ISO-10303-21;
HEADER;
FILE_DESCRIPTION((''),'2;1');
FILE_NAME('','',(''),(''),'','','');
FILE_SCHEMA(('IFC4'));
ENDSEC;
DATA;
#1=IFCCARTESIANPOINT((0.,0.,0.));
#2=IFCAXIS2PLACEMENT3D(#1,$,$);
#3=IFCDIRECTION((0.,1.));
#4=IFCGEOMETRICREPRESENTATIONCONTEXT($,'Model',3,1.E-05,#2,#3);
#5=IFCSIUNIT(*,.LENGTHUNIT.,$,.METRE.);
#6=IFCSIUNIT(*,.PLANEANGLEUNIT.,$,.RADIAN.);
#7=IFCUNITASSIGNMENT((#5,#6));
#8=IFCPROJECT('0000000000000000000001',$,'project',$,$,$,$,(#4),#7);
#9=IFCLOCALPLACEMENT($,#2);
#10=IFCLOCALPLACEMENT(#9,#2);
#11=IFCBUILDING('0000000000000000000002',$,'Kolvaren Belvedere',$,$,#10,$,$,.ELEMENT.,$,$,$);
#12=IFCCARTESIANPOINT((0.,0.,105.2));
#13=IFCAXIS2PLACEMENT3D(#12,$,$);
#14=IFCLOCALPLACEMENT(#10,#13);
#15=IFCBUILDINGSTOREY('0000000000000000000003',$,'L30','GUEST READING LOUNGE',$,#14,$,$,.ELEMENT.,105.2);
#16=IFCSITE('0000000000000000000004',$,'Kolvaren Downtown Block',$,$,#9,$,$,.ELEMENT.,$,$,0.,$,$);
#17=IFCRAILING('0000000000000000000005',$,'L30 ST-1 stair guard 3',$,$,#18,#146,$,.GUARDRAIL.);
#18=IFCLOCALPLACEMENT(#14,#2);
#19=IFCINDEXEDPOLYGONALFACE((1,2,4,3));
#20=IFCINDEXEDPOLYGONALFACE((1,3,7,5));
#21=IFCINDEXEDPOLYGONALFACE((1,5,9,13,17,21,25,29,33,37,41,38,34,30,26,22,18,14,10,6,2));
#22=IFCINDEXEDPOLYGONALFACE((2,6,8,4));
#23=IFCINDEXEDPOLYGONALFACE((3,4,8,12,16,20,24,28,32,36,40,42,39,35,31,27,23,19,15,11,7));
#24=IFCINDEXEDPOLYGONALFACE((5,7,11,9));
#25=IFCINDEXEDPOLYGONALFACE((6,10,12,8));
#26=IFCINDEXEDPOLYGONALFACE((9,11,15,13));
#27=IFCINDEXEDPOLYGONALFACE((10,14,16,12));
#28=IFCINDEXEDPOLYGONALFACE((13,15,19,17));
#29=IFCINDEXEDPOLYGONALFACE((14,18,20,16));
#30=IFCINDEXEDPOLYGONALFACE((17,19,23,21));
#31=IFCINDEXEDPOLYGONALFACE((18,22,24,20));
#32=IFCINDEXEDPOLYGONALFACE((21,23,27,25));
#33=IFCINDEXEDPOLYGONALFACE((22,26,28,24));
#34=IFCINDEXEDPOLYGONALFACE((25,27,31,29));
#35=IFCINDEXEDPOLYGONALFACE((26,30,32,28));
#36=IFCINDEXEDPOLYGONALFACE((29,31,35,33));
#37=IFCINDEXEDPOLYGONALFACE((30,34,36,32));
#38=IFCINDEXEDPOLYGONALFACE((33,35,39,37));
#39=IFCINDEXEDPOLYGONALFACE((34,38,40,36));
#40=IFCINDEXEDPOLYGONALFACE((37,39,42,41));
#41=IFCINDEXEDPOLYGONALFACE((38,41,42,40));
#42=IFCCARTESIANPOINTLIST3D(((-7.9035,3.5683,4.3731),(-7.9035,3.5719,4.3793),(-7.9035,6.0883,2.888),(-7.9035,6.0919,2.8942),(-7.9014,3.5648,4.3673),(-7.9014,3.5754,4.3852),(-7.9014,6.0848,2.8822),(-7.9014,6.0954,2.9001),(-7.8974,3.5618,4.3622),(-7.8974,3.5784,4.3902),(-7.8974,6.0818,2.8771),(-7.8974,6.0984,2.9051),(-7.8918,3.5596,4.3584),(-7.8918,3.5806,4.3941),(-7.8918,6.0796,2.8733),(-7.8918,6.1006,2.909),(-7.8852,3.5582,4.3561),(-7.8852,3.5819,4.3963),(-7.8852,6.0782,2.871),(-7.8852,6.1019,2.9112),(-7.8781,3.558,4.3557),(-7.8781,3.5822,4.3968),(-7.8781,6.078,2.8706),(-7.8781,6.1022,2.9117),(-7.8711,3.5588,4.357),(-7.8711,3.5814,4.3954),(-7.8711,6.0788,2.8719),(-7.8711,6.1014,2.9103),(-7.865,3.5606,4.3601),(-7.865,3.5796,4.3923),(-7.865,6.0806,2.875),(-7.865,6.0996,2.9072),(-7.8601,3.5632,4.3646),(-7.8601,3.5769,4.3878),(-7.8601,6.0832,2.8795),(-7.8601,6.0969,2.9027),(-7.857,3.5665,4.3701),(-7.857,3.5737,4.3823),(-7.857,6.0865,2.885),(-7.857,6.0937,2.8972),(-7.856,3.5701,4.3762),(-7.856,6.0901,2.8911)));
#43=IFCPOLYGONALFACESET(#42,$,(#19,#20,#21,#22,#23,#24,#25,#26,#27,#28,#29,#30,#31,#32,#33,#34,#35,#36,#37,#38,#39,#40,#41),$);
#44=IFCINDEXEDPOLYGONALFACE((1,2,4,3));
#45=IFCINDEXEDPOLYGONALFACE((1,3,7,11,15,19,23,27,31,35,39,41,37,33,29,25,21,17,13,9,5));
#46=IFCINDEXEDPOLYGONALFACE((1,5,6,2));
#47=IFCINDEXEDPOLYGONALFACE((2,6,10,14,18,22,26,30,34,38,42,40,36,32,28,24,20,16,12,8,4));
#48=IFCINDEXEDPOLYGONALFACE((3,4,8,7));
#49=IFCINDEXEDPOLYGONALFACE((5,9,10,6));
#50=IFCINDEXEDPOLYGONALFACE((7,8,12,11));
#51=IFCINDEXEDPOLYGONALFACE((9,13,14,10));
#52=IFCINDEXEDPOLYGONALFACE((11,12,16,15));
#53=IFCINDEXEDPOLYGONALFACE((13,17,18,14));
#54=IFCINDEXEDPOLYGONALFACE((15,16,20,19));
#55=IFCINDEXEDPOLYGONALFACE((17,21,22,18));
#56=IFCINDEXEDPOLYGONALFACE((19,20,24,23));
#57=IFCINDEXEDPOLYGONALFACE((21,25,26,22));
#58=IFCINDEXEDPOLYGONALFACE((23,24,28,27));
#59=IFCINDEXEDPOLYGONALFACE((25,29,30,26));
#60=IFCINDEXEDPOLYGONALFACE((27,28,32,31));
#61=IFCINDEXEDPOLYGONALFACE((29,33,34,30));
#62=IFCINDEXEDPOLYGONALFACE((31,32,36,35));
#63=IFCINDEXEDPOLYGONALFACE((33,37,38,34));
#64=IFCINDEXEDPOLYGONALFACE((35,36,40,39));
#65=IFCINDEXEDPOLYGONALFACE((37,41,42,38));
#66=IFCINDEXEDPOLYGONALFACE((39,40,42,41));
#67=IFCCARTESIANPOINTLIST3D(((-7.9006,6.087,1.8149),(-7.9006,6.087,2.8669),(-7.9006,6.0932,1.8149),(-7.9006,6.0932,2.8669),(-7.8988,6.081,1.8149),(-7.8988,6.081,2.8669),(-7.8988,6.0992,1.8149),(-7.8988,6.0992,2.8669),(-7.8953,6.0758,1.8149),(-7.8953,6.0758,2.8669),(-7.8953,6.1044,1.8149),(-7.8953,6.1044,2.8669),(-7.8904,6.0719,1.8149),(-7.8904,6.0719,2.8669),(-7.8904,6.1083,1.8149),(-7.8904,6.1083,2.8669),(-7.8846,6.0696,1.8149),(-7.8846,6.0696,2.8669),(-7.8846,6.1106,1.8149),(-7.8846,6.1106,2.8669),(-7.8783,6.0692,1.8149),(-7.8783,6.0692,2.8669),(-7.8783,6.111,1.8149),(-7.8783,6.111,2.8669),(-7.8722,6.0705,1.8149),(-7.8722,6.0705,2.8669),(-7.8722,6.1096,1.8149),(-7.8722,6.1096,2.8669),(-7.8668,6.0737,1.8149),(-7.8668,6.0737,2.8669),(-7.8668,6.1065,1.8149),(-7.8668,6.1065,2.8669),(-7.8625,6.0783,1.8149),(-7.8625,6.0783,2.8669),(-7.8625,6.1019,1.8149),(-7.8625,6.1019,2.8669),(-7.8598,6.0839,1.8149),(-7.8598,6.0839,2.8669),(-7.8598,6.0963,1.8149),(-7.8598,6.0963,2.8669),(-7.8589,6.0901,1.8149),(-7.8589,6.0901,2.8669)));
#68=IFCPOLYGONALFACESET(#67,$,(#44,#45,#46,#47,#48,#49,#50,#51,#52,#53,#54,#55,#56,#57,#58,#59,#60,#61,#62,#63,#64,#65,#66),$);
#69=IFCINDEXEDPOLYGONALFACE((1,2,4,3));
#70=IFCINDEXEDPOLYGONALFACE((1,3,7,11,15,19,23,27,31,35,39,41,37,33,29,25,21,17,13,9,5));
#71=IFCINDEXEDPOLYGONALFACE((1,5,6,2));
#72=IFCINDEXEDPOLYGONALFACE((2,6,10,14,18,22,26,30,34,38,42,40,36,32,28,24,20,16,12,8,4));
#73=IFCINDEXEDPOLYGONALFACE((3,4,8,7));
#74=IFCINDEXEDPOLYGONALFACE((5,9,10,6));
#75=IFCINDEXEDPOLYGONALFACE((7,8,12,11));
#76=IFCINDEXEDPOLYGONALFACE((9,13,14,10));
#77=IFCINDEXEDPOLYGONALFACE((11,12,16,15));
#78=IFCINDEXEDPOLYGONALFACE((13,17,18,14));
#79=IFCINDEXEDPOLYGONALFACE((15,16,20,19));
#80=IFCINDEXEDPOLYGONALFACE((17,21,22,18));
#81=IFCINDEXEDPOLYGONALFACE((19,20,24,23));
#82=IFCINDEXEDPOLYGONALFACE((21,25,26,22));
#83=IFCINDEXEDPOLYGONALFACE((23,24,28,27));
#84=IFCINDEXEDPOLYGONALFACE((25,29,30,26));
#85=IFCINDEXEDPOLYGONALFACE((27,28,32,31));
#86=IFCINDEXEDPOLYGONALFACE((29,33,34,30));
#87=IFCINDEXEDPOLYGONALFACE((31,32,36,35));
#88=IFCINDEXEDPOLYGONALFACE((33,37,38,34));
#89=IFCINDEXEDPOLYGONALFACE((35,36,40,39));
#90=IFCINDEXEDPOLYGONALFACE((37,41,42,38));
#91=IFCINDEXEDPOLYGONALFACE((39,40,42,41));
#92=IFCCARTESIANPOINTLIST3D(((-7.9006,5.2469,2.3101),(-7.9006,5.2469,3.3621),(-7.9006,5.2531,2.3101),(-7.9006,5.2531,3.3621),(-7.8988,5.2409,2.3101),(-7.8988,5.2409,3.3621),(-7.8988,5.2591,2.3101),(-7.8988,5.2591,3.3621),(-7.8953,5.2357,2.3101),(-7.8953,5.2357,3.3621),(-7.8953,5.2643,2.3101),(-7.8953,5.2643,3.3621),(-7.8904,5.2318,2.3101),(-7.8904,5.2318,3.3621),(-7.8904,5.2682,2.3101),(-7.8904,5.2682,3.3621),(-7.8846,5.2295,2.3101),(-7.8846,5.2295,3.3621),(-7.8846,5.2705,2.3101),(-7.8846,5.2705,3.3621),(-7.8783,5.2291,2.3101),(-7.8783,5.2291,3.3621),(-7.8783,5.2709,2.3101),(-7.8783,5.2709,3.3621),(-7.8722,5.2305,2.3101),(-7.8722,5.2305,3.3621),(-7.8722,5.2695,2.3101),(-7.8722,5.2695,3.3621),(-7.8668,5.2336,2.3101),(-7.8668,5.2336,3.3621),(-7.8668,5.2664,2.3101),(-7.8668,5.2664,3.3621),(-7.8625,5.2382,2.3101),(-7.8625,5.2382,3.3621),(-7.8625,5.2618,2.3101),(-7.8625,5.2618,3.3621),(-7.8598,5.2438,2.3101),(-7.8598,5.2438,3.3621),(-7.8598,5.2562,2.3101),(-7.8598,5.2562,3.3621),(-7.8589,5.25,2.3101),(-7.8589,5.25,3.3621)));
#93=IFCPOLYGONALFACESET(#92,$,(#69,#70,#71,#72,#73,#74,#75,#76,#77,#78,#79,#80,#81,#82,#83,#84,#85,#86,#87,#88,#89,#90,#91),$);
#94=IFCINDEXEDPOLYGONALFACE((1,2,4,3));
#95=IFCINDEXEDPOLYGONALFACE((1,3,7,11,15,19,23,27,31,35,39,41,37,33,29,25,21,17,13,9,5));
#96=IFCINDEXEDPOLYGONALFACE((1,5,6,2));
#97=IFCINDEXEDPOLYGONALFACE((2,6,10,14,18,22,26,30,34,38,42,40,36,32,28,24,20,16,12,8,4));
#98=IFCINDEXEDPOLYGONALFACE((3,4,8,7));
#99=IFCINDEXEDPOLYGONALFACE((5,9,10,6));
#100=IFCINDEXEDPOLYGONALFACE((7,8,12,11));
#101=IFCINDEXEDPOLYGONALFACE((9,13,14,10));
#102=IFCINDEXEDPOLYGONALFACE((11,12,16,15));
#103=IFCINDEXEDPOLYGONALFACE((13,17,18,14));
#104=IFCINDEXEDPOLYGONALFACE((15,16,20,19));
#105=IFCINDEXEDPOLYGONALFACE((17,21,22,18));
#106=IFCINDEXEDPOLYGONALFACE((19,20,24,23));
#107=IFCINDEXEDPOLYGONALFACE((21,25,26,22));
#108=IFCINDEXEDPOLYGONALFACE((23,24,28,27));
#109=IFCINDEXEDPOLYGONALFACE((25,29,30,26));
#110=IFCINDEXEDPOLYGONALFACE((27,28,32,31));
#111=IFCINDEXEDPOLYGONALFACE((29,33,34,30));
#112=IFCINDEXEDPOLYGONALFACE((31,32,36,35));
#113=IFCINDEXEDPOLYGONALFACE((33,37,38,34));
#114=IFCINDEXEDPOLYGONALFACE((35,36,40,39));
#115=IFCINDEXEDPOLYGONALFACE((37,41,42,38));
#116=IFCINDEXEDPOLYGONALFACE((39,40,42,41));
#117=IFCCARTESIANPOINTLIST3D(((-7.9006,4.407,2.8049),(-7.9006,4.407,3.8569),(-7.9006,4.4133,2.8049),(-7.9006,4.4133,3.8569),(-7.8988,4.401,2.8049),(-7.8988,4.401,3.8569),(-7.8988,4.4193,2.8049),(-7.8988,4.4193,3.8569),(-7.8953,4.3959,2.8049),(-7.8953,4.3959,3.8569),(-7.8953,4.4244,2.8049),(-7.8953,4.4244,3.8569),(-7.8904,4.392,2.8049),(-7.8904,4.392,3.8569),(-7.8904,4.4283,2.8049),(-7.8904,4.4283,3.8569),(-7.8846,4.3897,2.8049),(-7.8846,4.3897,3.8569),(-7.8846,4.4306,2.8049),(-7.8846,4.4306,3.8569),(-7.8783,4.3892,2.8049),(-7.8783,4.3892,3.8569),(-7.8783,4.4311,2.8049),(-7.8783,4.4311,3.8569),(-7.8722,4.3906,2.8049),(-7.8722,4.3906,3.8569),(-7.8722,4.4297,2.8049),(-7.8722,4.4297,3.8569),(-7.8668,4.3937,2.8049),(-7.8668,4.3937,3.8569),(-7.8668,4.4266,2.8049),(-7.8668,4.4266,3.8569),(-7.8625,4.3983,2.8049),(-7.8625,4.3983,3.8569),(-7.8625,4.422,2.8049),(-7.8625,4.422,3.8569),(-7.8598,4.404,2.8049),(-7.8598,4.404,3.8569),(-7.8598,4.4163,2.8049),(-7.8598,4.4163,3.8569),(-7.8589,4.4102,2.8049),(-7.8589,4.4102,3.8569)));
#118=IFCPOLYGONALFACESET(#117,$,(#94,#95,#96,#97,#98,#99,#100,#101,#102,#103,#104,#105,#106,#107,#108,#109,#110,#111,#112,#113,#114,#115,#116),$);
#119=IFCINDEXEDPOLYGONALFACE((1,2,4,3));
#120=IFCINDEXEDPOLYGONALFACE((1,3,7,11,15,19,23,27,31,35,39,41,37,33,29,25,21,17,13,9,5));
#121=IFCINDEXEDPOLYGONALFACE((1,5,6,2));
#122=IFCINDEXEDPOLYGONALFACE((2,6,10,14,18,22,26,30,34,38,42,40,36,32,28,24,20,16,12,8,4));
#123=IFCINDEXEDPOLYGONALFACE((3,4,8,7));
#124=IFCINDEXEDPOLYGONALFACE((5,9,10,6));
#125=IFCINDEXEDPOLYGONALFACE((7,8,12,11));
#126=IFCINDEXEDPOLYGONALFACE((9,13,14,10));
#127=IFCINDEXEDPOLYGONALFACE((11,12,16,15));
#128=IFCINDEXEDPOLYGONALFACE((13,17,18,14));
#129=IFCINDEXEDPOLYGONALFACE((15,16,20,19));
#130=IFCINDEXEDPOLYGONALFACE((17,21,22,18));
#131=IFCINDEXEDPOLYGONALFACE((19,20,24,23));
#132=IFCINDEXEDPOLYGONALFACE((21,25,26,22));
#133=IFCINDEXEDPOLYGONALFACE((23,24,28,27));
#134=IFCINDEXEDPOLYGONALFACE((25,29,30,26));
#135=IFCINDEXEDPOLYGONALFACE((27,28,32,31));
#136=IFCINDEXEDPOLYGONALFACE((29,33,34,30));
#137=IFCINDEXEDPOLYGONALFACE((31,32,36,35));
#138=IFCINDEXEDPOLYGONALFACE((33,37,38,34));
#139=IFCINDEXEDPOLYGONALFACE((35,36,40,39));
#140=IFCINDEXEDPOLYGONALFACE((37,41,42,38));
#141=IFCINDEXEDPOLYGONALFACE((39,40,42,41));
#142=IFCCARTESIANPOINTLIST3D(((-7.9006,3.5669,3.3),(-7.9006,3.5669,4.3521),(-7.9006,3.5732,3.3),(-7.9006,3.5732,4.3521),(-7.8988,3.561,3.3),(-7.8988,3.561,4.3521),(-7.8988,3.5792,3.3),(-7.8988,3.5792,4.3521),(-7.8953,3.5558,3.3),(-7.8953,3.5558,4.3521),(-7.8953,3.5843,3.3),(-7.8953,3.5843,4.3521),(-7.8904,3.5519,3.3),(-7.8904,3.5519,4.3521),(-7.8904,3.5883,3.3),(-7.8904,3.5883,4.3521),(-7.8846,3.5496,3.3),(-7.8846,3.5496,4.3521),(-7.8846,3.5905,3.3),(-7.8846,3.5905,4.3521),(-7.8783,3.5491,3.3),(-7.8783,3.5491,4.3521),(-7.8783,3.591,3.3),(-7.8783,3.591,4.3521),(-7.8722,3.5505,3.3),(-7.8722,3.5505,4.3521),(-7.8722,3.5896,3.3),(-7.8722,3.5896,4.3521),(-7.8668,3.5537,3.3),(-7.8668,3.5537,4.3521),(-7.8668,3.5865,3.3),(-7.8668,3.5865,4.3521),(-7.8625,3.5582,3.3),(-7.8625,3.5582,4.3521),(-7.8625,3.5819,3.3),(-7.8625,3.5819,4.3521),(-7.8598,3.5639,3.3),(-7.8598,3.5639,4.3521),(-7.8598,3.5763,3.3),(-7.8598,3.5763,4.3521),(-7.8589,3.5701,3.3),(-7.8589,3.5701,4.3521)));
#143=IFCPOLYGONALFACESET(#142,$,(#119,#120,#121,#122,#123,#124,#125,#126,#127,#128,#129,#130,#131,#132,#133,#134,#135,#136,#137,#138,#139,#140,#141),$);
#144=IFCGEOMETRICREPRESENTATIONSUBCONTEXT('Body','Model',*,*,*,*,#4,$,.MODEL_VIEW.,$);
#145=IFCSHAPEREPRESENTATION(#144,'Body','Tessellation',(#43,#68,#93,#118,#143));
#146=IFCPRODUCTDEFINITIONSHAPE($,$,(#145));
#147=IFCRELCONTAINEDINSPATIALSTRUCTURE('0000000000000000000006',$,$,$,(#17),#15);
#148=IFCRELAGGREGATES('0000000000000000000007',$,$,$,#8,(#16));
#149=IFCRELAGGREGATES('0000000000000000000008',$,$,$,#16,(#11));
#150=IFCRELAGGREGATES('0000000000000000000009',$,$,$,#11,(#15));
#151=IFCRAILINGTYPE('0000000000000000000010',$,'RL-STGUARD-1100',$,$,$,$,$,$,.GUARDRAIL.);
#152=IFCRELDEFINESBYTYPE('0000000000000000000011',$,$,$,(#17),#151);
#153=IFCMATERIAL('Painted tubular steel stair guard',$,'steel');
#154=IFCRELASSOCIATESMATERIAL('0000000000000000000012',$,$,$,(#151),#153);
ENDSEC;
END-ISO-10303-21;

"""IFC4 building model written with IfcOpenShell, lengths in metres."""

from ifc_helpers import new_model, si_unit, direction, frame, origin, origin_2d, place, context, subcontext, project, spatial, circle, extrude, material, type_object, element, save


model = new_model("IFC4")

# Units and contexts
model_context = context("Model", 3, precision=1e-05, world=origin(), true_north=direction((0.0, 1.0)))
body_context = subcontext(model_context, "Body", "Model", "MODEL_VIEW")
ifc_project = project(units=[si_unit("LENGTHUNIT", "METRE"), si_unit("PLANEANGLEUNIT", "RADIAN")], contexts=[model_context])

# Site, building, storey
site_placement = place(None, origin())
site = spatial("IfcSite", under=ifc_project, at=site_placement, Name="Kolvaren Downtown Block", CompositionType="ELEMENT", RefElevation=0.0)
building_placement = place(site_placement, origin())
building = spatial("IfcBuilding", under=site, at=building_placement, Name="Kolvaren Belvedere", CompositionType="ELEMENT")
storey_placement = place(building_placement, frame((0.0, 0.0, 105.2)))
storey = spatial("IfcBuildingStorey", under=building, at=storey_placement, Name="L30", Description="GUEST READING LOUNGE", CompositionType="ELEMENT", Elevation=105.2)

# Railing
ifc_material_1 = material(Name="Painted tubular steel stair guard", Category="steel")
railing_type_1 = type_object("IfcRailingType", Name="RL-STGUARD-1100", PredefinedType="GUARDRAIL", material=ifc_material_1)
railing_1_placement = place(storey_placement, frame((-7.8799, 6.0901, 1.8149)))
element("IfcRailing", 1, at=railing_1_placement, inside=storey, type_object=railing_type_1, Name="L30 ST-1 stair guard 3", PredefinedType="GUARDRAIL", context=body_context, shape_type="SweptSolid", body=[
    extrude(circle(Radius=0.0239, at=origin_2d()), frame((0.0, 0.0, 1.0762), z_axis=(0.0, -0.861524, 0.507717), x_axis=(1.0, 0.0, 0.0)), (0.0, 0.0, 1.0), 2.925),
    extrude(circle(Radius=0.021, at=origin_2d()), origin(), (0.0, 0.0, 1.0), 1.052),
    extrude(circle(Radius=0.021, at=origin_2d()), frame((0.0, -0.8401, 0.4951)), (0.0, 0.0, 1.0), 1.052),
    extrude(circle(Radius=0.021, at=origin_2d()), frame((0.0, -1.6799, 0.99)), (0.0, 0.0, 1.0), 1.052),
    extrude(circle(Radius=0.021, at=origin_2d()), frame((0.0, -2.52, 1.4851)), (0.0, 0.0, 1.0), 1.052),
])

save(model, "model.ifc")
